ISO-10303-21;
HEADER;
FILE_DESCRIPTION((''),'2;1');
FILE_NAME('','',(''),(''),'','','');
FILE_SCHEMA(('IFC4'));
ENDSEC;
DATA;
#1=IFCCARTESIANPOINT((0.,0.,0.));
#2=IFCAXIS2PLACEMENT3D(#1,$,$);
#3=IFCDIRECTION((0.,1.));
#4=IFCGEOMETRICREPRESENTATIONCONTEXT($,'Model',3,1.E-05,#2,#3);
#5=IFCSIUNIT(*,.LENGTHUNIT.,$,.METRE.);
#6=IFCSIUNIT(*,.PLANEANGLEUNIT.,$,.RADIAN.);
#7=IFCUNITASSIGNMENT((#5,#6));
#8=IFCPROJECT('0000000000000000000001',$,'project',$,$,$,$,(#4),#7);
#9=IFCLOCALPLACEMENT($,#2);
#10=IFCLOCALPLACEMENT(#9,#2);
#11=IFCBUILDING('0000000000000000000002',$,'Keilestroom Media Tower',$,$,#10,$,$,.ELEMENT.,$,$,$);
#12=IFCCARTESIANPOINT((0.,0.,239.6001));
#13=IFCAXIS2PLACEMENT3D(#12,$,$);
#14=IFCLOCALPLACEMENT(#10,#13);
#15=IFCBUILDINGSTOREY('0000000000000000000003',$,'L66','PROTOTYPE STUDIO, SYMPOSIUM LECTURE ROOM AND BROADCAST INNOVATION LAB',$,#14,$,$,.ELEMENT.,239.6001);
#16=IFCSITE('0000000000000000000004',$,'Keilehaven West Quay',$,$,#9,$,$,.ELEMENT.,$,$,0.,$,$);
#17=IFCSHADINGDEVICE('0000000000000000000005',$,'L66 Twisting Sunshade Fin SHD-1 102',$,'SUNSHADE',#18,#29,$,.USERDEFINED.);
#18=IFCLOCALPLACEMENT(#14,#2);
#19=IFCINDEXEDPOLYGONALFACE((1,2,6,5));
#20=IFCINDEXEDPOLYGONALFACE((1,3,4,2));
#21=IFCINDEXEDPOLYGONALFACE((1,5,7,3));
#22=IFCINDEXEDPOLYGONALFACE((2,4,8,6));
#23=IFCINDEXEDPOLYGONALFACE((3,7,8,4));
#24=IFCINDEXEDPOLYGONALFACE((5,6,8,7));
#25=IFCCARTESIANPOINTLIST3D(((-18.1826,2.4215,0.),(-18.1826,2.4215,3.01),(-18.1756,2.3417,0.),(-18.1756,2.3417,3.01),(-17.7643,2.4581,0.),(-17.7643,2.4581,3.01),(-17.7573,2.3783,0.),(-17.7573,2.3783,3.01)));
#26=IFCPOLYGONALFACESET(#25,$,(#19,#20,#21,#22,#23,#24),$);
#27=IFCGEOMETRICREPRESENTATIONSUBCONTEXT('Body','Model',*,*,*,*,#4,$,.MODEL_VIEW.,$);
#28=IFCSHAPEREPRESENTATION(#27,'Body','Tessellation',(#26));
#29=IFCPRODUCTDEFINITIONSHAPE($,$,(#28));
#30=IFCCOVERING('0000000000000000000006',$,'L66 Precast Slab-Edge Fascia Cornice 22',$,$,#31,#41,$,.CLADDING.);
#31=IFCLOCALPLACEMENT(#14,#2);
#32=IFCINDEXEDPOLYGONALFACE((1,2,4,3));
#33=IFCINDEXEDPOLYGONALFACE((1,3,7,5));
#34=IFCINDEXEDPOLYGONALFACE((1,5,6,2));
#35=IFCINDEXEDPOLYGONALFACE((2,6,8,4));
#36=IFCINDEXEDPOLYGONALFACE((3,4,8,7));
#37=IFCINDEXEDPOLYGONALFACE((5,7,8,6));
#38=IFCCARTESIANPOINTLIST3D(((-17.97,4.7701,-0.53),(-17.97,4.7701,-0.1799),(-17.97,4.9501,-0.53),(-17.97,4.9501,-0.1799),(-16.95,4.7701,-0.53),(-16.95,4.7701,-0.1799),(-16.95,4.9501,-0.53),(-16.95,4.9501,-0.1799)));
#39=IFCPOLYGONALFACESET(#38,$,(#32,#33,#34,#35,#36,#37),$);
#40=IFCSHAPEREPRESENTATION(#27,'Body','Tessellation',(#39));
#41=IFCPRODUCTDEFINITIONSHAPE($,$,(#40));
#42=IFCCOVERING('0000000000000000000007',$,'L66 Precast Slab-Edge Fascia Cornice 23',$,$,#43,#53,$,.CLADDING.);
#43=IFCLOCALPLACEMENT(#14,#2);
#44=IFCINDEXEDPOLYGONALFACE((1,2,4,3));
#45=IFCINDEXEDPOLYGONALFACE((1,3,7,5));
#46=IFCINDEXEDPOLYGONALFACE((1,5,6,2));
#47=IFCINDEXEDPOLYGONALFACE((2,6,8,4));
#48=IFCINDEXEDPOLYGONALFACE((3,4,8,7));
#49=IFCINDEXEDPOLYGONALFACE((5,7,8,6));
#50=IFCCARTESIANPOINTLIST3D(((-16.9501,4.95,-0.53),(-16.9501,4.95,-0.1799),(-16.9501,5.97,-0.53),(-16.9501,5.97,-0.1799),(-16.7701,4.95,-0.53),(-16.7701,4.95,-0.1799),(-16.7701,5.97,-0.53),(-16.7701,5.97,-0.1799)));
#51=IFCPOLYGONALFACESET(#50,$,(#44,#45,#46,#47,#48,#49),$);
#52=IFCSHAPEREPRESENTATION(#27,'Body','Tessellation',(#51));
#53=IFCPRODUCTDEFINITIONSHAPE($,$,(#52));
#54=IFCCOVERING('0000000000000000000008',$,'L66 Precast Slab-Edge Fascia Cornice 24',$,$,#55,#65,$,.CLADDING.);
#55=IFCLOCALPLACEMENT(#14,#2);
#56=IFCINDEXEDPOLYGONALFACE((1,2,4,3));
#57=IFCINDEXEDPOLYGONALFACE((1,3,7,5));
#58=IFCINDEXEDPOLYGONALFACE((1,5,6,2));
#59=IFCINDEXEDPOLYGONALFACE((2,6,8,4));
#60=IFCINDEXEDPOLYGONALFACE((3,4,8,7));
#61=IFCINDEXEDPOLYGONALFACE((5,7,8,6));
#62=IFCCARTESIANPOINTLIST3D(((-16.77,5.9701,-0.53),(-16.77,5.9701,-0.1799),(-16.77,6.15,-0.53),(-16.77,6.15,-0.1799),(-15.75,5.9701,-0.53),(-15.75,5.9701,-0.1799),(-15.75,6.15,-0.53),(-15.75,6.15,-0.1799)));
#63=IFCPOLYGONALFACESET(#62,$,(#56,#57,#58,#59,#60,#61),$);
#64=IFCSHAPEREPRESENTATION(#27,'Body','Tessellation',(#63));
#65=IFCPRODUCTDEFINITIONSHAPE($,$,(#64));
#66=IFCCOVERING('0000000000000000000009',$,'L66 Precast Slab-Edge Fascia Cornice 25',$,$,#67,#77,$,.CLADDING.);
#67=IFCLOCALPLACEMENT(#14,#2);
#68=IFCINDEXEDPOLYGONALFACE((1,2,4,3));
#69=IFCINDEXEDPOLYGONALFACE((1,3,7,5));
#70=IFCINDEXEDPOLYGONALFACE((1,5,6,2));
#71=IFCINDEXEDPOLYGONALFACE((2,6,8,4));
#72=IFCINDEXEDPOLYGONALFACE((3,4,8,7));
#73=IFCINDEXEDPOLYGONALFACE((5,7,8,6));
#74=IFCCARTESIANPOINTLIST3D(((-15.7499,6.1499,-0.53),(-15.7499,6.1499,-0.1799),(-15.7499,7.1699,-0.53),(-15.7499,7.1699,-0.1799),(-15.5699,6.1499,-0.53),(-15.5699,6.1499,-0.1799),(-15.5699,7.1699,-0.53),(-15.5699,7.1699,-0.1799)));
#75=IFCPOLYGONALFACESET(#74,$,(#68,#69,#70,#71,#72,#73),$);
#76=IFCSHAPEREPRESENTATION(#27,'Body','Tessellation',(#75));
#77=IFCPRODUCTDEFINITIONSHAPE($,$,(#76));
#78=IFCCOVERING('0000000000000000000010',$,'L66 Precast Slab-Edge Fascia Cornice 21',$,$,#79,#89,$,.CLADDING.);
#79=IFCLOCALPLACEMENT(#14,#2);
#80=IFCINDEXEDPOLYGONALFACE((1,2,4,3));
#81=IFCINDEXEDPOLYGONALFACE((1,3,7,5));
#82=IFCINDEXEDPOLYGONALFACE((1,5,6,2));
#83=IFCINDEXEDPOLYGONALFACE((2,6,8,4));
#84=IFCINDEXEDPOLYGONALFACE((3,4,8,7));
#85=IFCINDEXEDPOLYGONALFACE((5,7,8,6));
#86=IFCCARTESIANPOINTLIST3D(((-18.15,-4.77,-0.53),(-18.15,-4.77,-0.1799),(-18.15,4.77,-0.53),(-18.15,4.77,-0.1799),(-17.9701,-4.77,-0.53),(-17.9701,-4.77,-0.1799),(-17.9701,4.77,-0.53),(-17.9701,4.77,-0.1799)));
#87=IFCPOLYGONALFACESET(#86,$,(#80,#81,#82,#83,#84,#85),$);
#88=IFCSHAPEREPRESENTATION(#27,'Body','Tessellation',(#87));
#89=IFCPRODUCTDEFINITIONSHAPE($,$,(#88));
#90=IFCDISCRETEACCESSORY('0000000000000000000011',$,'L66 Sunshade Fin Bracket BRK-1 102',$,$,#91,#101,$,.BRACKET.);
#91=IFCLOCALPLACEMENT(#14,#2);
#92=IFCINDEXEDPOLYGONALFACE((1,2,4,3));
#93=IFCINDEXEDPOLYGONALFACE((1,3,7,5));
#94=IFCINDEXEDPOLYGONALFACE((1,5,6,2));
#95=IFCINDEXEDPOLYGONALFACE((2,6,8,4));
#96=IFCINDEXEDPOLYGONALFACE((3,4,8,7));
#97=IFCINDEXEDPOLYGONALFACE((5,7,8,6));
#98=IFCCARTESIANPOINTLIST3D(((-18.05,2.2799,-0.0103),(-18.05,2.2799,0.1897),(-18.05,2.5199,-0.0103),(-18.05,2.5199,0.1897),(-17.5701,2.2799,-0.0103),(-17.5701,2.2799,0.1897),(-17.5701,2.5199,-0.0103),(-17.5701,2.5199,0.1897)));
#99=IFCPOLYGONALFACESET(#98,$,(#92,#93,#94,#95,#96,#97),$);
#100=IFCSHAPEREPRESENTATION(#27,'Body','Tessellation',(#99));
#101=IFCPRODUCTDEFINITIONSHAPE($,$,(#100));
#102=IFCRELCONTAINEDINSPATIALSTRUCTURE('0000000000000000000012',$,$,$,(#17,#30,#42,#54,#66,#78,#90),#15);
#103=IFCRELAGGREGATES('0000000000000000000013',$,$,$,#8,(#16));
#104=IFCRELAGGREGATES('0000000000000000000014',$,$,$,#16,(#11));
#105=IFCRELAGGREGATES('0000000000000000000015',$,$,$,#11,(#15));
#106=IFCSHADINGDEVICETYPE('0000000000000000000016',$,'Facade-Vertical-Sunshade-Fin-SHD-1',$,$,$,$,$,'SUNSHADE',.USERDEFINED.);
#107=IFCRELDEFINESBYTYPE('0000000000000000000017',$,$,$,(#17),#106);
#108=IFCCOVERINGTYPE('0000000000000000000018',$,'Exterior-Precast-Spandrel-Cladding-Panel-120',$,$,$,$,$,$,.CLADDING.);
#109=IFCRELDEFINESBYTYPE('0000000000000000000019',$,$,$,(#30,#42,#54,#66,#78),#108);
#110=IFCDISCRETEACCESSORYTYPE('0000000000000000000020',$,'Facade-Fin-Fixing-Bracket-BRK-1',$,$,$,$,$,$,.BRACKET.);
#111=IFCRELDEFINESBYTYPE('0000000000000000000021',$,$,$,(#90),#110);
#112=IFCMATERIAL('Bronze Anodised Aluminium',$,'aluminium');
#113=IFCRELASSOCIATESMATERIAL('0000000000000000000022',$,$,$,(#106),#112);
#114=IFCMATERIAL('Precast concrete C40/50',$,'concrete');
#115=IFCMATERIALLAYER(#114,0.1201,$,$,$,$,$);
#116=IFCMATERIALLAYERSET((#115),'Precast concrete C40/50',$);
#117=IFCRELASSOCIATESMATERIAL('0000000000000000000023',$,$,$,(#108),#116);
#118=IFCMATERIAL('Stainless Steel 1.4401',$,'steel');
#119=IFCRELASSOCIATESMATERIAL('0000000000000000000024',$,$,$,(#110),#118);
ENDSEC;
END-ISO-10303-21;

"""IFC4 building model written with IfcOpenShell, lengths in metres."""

from ifc_helpers import new_model, si_unit, direction, frame, origin, origin_2d, place, context, subcontext, project, spatial, rectangle, extrude, source, transform, mapped, material, layer, layer_set, type_object, element, save


model = new_model("IFC4")

# Units and contexts
model_context = context("Model", 3, precision=1e-05, world=origin(), true_north=direction((0.0, 1.0)))
body_context = subcontext(model_context, "Body", "Model", "MODEL_VIEW")
ifc_project = project(units=[si_unit("LENGTHUNIT", "METRE"), si_unit("PLANEANGLEUNIT", "RADIAN")], contexts=[model_context])

# Site, building, storey
site_placement = place(None, origin())
site = spatial("IfcSite", under=ifc_project, at=site_placement, Name="Keilehaven West Quay", CompositionType="ELEMENT", RefElevation=0.0)
building_placement = place(site_placement, origin())
building = spatial("IfcBuilding", under=site, at=building_placement, Name="Keilestroom Media Tower", CompositionType="ELEMENT")
storey_placement = place(building_placement, frame((0.0, 0.0, 239.6001)))
storey = spatial("IfcBuildingStorey", under=building, at=storey_placement, Name="L66", Description="PROTOTYPE STUDIO, SYMPOSIUM LECTURE ROOM AND BROADCAST INNOVATION LAB", CompositionType="ELEMENT", Elevation=239.6001)

# Shared definitions
ifc_material_1 = material(Name="Precast concrete C40/50", Category="concrete")

# Shading device
ifc_material_2 = material(Name="Bronze Anodised Aluminium", Category="aluminium")
shading_device_type = type_object("IfcShadingDeviceType", Name="Facade-Vertical-Sunshade-Fin-SHD-1", ElementType="SUNSHADE", PredefinedType="USERDEFINED", material=ifc_material_2)
shared_shape_1 = source(origin(), body_context, "Body", "SweptSolid", [
    extrude(rectangle(XDim=0.4199, YDim=0.0801, at=origin_2d()), origin(), (0.0, 0.0, 1.0), 3.01),
])
shading_device_placement = place(storey_placement, frame((-17.97, 2.3999, 0.0), z_axis=(0.0, 0.0, 1.0), x_axis=(0.996195, 0.087156, 0.0)))
element("IfcShadingDevice", 1, at=shading_device_placement, inside=storey, type_object=shading_device_type, Name="L66 Twisting Sunshade Fin SHD-1 102", ObjectType="SUNSHADE", PredefinedType="USERDEFINED", context=body_context, shape_type="MappedRepresentation", body=[
    mapped(shared_shape_1, transform((0.0, 0.0, 0.0), x_axis=(1.0, 0.0, 0.0), y_axis=(0.0, 1.0, 0.0), z_axis=(0.0, 0.0, 1.0), scale=1.0)),
])

# Coverings
ifc_layer_1 = layer(ifc_material_1, 0.1201)
ifc_layer_set_1 = layer_set([ifc_layer_1], Name="Precast concrete C40/50")
covering_type = type_object("IfcCoveringType", Name="Exterior-Precast-Spandrel-Cladding-Panel-120", PredefinedType="CLADDING", material=ifc_layer_set_1)
shared_shape_2 = source(origin(), body_context, "Body", "SweptSolid", [
    extrude(rectangle(XDim=1.02, YDim=0.1799, at=origin_2d()), origin(), (0.0, 0.0, 1.0), 0.3501),
])
for number, where, z_axis, x_axis, name in (
    (2, (-17.46, 4.8601, -0.53), (0.0, 0.0, 1.0), (1.0, 0.0, 0.0), "L66 Precast Slab-Edge Fascia Cornice 22"),
    (3, (-16.8601, 5.46, -0.53), (0.0, 0.0, 1.0), (0.0, 1.0, 0.0), "L66 Precast Slab-Edge Fascia Cornice 23"),
    (4, (-16.26, 6.0601, -0.53), (0.0, 0.0, 1.0), (1.0, 0.0, 0.0), "L66 Precast Slab-Edge Fascia Cornice 24"),
    (5, (-15.6599, 6.6599, -0.53), (0.0, 0.0, 1.0), (0.0, 1.0, 0.0), "L66 Precast Slab-Edge Fascia Cornice 25"),
):
    element("IfcCovering", number, at=place(storey_placement, frame(where, z_axis=z_axis, x_axis=x_axis)), inside=storey, type_object=covering_type, Name=name, PredefinedType="CLADDING", context=body_context, shape_type="MappedRepresentation", body=[
        mapped(shared_shape_2, transform((0.0, 0.0, 0.0), x_axis=(1.0, 0.0, 0.0), y_axis=(0.0, 1.0, 0.0), z_axis=(0.0, 0.0, 1.0), scale=1.0)),
    ])
shared_shape_3 = source(origin(), body_context, "Body", "SweptSolid", [
    extrude(rectangle(XDim=9.54, YDim=0.1799, at=origin_2d()), origin(), (0.0, 0.0, 1.0), 0.3501),
])
covering_placement = place(storey_placement, frame((-18.0601, 0.0, -0.53), z_axis=(0.0, 0.0, 1.0), x_axis=(0.0, 1.0, 0.0)))
element("IfcCovering", 6, at=covering_placement, inside=storey, type_object=covering_type, Name="L66 Precast Slab-Edge Fascia Cornice 21", PredefinedType="CLADDING", context=body_context, shape_type="MappedRepresentation", body=[
    mapped(shared_shape_3, transform((0.0, 0.0, 0.0), x_axis=(1.0, 0.0, 0.0), y_axis=(0.0, 1.0, 0.0), z_axis=(0.0, 0.0, 1.0), scale=1.0)),
])

# Discrete accessory
ifc_material_3 = material(Name="Stainless Steel 1.4401", Category="steel")
discrete_accessory_type = type_object("IfcDiscreteAccessoryType", Name="Facade-Fin-Fixing-Bracket-BRK-1", PredefinedType="BRACKET", material=ifc_material_3)
shared_shape_4 = source(origin(), body_context, "Body", "SweptSolid", [
    extrude(rectangle(XDim=0.48, YDim=0.24, at=origin_2d()), origin(), (0.0, 0.0, 1.0), 0.2),
])
discrete_accessory_placement = place(storey_placement, frame((-17.8101, 2.3999, -0.0103), z_axis=(0.0, 0.0, 1.0), x_axis=(1.0, 0.0, 0.0)))
element("IfcDiscreteAccessory", 7, at=discrete_accessory_placement, inside=storey, type_object=discrete_accessory_type, Name="L66 Sunshade Fin Bracket BRK-1 102", PredefinedType="BRACKET", context=body_context, shape_type="MappedRepresentation", body=[
    mapped(shared_shape_4, transform((0.0, 0.0, 0.0), x_axis=(1.0, 0.0, 0.0), y_axis=(0.0, 1.0, 0.0), z_axis=(0.0, 0.0, 1.0), scale=1.0)),
])

save(model, "model.ifc")
